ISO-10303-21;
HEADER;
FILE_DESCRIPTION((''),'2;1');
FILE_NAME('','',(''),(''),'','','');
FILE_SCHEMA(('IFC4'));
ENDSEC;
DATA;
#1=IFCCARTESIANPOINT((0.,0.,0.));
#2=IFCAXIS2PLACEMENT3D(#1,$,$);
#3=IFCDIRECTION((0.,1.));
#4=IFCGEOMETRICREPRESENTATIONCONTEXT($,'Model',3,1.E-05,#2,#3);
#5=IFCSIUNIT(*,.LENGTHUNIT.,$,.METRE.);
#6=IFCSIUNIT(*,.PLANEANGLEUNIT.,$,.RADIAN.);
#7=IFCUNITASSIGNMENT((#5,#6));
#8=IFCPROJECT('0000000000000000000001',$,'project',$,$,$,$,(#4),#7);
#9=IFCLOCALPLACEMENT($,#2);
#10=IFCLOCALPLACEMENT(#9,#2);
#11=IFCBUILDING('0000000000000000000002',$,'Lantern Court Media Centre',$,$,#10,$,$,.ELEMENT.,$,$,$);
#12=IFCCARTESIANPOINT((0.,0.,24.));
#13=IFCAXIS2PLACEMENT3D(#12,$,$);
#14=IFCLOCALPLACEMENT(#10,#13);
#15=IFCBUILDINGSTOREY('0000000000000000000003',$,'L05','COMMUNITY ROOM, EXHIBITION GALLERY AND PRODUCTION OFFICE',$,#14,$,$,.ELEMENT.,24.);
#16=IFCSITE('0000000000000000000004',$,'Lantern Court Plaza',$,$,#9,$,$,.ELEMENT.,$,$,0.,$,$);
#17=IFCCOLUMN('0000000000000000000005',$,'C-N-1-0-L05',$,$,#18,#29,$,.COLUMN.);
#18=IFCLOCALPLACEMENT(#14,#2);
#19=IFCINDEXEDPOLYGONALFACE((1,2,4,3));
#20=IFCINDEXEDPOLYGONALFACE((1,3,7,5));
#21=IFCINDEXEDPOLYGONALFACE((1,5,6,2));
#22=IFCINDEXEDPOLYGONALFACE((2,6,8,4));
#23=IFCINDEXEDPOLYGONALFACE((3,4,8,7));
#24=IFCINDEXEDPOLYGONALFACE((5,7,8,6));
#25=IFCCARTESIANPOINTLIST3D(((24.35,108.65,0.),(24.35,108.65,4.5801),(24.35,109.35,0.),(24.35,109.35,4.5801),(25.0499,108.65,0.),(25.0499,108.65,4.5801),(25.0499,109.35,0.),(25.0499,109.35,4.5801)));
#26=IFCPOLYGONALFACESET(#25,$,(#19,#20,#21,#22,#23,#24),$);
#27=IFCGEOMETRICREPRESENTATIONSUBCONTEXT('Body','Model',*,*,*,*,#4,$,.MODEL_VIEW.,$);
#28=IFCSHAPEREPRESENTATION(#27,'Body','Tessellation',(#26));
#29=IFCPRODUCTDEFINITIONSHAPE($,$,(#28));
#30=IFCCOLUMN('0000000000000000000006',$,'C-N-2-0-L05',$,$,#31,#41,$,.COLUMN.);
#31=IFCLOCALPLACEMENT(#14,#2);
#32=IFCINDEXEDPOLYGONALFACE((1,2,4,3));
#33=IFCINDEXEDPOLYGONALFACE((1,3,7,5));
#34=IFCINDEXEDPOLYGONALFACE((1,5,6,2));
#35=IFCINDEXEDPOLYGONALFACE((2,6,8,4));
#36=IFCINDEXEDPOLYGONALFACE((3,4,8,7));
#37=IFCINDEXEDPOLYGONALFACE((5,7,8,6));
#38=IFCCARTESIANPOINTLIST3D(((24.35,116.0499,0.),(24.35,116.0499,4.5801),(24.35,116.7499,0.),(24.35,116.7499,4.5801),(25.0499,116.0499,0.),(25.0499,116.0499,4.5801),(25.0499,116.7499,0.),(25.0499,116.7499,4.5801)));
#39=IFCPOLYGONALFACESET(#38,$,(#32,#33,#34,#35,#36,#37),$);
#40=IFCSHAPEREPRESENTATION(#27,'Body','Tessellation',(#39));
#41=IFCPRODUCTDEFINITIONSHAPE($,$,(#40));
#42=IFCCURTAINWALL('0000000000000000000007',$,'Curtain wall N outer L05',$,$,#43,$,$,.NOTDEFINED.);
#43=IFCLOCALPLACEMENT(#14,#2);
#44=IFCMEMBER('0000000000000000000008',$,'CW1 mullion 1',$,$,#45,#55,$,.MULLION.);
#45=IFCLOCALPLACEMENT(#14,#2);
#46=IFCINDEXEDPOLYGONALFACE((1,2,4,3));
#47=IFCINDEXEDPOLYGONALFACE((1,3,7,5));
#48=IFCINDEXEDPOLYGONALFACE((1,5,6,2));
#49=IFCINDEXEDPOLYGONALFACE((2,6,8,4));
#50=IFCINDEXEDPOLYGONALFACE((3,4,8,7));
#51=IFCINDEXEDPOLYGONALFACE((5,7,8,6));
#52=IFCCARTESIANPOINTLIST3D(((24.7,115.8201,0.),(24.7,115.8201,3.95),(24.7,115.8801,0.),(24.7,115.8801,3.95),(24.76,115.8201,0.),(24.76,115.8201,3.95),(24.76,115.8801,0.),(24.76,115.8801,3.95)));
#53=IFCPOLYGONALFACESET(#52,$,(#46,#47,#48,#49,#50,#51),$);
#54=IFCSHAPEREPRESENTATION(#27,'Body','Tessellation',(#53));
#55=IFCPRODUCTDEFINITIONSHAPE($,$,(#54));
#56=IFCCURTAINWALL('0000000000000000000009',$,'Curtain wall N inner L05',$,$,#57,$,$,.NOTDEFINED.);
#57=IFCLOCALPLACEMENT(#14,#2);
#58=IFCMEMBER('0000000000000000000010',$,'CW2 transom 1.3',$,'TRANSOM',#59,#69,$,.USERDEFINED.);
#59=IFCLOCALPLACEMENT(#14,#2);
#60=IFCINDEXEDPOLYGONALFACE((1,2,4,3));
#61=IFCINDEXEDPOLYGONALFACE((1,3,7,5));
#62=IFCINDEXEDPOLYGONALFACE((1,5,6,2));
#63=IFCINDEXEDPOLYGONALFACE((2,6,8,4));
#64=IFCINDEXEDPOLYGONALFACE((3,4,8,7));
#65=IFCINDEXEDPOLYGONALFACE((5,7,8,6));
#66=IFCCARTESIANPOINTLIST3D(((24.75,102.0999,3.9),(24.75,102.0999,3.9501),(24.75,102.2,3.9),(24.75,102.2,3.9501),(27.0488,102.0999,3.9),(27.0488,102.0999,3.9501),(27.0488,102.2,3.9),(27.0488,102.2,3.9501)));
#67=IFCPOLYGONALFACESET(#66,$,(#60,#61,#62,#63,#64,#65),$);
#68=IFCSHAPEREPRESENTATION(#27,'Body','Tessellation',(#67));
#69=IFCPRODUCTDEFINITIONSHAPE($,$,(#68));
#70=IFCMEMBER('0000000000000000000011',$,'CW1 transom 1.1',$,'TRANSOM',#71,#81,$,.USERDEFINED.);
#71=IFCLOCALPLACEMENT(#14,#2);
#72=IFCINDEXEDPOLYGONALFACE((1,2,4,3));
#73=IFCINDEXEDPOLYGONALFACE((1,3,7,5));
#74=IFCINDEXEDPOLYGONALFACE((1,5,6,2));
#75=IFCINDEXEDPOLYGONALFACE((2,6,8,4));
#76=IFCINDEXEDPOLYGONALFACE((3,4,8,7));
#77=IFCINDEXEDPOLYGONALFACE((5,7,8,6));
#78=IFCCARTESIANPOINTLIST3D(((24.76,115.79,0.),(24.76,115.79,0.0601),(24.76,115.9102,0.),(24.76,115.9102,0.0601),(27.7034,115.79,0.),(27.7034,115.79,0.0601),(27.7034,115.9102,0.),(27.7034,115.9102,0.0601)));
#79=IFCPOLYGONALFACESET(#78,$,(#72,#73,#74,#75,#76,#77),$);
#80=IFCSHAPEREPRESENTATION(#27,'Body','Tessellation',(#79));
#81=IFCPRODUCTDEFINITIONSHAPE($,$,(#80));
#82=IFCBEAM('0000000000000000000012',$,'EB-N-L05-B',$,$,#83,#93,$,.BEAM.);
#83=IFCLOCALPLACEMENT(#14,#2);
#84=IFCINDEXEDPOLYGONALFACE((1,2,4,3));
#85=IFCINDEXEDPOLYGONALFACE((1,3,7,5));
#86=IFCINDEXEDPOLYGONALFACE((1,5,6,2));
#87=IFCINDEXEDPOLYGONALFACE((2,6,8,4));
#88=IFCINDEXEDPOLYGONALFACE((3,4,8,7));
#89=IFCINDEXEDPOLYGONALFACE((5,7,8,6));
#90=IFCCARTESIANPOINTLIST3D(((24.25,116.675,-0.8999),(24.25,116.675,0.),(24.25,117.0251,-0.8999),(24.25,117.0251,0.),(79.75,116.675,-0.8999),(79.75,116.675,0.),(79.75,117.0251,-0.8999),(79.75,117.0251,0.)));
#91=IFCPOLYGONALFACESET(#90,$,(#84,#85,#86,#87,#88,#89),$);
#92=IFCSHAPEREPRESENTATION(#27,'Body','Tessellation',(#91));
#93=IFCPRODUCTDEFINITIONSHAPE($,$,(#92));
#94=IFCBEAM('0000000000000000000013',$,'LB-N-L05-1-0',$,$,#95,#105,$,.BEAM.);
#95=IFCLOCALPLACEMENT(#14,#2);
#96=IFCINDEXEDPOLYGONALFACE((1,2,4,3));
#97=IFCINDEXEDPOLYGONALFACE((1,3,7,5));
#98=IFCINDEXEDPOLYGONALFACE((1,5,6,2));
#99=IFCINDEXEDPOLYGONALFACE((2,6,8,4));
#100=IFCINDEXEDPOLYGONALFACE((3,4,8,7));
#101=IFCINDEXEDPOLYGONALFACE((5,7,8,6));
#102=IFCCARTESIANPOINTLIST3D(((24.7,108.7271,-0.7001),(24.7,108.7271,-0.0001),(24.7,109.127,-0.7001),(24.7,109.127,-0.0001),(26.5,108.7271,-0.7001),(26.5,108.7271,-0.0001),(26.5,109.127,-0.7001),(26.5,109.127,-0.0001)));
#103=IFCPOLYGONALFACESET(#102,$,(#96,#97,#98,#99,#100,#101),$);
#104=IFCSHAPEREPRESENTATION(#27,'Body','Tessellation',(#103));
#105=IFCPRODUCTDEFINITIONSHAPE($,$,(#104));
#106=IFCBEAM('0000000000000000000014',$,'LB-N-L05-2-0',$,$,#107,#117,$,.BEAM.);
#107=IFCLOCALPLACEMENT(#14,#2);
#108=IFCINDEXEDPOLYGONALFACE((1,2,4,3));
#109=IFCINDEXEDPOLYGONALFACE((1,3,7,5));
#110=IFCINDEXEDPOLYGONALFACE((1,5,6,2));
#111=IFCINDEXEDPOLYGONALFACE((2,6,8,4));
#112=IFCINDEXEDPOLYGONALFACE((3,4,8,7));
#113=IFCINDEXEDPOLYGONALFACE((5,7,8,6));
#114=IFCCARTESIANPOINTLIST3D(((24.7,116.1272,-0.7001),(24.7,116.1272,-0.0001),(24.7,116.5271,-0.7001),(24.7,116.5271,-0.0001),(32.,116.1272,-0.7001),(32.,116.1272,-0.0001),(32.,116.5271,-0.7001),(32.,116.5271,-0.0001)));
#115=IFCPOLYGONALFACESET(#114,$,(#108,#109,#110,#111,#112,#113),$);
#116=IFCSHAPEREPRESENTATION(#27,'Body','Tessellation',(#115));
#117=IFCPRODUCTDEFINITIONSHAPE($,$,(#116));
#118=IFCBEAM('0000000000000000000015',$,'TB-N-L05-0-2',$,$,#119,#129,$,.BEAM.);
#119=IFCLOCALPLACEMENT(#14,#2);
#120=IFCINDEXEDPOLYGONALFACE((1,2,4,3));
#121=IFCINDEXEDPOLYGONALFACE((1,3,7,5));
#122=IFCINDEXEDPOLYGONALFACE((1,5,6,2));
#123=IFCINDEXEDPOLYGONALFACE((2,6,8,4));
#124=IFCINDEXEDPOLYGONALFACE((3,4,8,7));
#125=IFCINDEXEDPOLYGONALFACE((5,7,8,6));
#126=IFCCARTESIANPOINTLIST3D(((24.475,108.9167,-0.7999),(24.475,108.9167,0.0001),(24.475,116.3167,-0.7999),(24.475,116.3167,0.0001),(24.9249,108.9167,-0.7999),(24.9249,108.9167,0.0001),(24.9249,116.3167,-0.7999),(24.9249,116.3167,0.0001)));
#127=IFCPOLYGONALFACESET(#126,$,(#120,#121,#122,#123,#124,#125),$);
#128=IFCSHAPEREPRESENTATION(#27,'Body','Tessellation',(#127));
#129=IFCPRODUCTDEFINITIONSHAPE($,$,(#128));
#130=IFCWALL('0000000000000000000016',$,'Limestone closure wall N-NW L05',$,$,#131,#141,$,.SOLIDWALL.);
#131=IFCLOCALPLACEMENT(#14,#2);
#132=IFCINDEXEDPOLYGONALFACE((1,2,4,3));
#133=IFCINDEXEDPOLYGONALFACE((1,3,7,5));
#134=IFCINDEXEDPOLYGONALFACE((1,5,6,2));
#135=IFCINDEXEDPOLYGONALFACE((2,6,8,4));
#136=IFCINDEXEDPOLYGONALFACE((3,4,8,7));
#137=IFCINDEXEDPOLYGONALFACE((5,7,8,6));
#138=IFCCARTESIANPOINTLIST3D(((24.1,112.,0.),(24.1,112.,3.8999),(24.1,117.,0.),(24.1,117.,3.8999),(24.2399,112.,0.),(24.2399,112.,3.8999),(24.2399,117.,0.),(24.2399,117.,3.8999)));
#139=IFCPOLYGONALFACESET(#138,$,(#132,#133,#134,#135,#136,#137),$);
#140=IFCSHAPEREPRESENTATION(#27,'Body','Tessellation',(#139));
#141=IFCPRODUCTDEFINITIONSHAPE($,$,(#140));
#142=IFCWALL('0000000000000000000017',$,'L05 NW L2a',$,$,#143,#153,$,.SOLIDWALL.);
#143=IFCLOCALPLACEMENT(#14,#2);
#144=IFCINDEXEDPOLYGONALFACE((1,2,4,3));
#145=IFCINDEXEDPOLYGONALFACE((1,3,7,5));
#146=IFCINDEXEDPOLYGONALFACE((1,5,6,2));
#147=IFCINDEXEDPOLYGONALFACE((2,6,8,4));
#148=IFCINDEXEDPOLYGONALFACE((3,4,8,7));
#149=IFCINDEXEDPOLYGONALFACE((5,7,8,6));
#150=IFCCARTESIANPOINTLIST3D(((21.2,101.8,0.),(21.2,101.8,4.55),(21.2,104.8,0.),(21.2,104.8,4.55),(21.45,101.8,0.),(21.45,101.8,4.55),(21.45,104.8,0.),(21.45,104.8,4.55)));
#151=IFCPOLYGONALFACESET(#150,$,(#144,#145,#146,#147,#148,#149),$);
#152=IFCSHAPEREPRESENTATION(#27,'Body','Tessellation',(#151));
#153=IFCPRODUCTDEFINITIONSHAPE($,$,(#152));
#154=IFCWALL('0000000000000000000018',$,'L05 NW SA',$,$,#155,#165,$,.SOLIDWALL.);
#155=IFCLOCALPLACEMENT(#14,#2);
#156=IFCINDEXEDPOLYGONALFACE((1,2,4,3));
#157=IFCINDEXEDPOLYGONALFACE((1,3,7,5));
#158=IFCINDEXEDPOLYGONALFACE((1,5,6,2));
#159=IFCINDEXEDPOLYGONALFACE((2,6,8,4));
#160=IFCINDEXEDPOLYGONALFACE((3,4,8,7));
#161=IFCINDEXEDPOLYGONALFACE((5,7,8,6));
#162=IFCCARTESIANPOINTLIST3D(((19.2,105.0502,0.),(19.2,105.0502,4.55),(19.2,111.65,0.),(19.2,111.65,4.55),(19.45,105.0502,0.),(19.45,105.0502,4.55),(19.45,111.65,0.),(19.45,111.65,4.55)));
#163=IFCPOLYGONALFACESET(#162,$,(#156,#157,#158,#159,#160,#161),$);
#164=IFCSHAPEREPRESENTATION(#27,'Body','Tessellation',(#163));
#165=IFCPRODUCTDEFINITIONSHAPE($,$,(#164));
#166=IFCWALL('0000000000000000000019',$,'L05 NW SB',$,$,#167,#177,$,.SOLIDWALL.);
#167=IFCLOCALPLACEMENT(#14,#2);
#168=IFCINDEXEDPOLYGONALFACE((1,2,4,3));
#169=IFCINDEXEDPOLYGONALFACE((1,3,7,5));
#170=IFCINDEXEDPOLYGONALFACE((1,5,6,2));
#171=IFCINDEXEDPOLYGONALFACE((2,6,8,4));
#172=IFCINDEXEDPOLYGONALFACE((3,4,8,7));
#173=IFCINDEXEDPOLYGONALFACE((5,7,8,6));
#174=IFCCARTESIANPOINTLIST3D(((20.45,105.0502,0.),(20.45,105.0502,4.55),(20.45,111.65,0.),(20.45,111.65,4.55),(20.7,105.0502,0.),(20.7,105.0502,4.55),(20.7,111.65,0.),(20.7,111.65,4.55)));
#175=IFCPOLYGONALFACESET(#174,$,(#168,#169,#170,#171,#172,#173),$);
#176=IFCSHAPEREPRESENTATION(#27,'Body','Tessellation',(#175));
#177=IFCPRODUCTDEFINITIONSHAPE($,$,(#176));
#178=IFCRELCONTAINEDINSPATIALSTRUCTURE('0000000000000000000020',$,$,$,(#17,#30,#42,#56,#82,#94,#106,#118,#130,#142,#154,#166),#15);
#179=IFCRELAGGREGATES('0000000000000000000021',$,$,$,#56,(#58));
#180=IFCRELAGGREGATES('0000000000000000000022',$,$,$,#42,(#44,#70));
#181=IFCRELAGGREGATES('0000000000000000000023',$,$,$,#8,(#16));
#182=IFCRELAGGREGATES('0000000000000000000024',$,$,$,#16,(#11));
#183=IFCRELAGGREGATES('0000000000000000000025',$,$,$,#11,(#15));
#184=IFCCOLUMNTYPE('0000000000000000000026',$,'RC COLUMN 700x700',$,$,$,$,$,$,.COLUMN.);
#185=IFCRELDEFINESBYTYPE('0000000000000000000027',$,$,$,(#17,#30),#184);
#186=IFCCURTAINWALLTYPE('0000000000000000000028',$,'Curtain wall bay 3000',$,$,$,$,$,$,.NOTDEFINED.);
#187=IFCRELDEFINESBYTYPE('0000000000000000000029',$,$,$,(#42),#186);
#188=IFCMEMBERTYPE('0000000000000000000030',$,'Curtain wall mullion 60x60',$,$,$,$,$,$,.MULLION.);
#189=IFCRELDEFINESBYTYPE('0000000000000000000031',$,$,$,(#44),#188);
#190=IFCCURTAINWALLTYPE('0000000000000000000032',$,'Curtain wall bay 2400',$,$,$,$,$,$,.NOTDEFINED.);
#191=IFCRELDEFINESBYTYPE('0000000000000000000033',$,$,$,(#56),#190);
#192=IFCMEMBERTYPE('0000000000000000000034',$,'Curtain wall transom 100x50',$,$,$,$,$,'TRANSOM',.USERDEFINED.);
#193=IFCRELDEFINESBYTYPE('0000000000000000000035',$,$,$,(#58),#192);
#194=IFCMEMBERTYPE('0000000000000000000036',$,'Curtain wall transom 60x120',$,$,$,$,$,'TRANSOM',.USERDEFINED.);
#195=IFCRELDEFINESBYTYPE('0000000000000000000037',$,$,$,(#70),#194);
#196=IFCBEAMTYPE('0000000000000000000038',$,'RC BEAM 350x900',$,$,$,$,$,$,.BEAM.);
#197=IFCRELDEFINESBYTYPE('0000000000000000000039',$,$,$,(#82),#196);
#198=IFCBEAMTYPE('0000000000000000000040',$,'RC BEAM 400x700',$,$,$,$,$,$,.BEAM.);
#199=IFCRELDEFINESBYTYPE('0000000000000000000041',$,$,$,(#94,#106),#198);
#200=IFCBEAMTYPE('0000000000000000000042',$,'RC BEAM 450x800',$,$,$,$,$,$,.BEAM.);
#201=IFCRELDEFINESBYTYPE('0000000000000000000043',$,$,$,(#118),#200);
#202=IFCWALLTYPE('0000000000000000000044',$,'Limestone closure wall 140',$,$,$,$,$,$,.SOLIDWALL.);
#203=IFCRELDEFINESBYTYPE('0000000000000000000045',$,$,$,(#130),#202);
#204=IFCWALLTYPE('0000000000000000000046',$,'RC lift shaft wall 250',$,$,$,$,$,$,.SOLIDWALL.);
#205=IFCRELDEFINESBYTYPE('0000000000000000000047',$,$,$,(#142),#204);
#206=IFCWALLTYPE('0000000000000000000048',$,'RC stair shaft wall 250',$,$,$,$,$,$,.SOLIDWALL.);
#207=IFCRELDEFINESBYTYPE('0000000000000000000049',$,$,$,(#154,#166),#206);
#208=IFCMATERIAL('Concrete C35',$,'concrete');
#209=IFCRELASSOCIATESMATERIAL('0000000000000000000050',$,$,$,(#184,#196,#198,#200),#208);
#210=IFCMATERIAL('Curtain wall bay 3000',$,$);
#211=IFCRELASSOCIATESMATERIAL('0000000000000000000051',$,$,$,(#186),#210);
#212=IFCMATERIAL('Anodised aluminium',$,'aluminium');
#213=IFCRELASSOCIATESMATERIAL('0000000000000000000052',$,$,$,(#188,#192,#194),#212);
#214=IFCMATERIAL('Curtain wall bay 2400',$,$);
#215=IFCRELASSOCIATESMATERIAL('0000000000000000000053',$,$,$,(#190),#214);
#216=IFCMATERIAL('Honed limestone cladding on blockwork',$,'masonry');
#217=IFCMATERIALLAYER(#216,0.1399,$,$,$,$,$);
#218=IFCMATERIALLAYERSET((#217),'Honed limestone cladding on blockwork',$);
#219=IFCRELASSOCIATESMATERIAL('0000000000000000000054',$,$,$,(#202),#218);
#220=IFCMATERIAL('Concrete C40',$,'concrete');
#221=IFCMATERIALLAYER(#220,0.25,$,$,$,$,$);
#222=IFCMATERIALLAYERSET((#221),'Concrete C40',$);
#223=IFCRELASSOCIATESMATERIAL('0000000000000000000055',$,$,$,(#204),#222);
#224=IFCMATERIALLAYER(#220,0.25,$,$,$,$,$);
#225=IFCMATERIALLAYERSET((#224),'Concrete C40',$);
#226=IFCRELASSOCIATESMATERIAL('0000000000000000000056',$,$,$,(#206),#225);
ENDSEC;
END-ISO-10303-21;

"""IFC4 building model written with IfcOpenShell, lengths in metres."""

from ifc_helpers import new_model, si_unit, direction, frame, frame_2d, origin, origin_2d, place, context, subcontext, project, spatial, rectangle, extrude, material, layer, layer_set, material_profile, profile_set, type_object, element, aggregate, save


model = new_model("IFC4")

# Units and contexts
model_context = context("Model", 3, precision=1e-05, world=origin(), true_north=direction((0.0, 1.0)))
body_context = subcontext(model_context, "Body", "Model", "MODEL_VIEW")
ifc_project = project(units=[si_unit("LENGTHUNIT", "METRE"), si_unit("PLANEANGLEUNIT", "RADIAN")], contexts=[model_context])

# Site, building, storey
site_placement = place(None, origin())
site = spatial("IfcSite", under=ifc_project, at=site_placement, Name="Lantern Court Plaza", CompositionType="ELEMENT", RefElevation=0.0)
building_placement = place(site_placement, origin())
building = spatial("IfcBuilding", under=site, at=building_placement, Name="Lantern Court Media Centre", CompositionType="ELEMENT")
storey_placement = place(building_placement, frame((0.0, 0.0, 24.0)))
storey = spatial("IfcBuildingStorey", under=building, at=storey_placement, Name="L05", Description="COMMUNITY ROOM, EXHIBITION GALLERY AND PRODUCTION OFFICE", CompositionType="ELEMENT", Elevation=24.0)

# Columns
ifc_material_1 = material(Name="Concrete C35", Category="concrete")
ifc_material_profile_1 = material_profile(ifc_material_1, rectangle(XDim=0.7, YDim=0.7, at=origin_2d()), Name="RC 700x700")
ifc_profile_set_1 = profile_set([ifc_material_profile_1], Name="Concrete C35")
column_type = type_object("IfcColumnType", Name="RC COLUMN 700x700", PredefinedType="COLUMN", material=ifc_profile_set_1)
for number, where, z_axis, x_axis, name in (
    (1, (24.7, 109.0, 0.0), (0.0, 0.0, 1.0), (1.0, 0.0, 0.0), "C-N-1-0-L05"),
    (2, (24.7, 116.3999, 0.0), (0.0, 0.0, 1.0), (1.0, 0.0, 0.0), "C-N-2-0-L05"),
):
    element("IfcColumn", number, at=place(storey_placement, frame(where, z_axis=z_axis, x_axis=x_axis)), inside=storey, type_object=column_type, Name=name, PredefinedType="COLUMN", context=body_context, shape_type="SweptSolid", body=[
        extrude(rectangle(XDim=0.7, YDim=0.7, at=origin_2d()), origin(), (0.0, 0.0, 1.0), 4.5801),
    ])

# Curtain walls, members
ifc_material_2 = material(Name="Curtain wall bay 3000")
curtain_wall_type_1 = type_object("IfcCurtainWallType", Name="Curtain wall bay 3000", PredefinedType="NOTDEFINED", material=ifc_material_2)
curtain_wall_1_placement = place(storey_placement, origin())
curtain_wall_1 = element("IfcCurtainWall", 3, at=curtain_wall_1_placement, inside=storey, type_object=curtain_wall_type_1, Name="Curtain wall N outer L05", PredefinedType="NOTDEFINED")
ifc_material_3 = material(Name="Anodised aluminium", Category="aluminium")
ifc_material_profile_2 = material_profile(ifc_material_3, rectangle(XDim=0.0601, YDim=0.0601, at=origin_2d()), Name="AL 60x60")
ifc_profile_set_2 = profile_set([ifc_material_profile_2], Name="Anodised aluminium")
member_type_1 = type_object("IfcMemberType", Name="Curtain wall mullion 60x60", PredefinedType="MULLION", material=ifc_profile_set_2)
member_1_placement = place(storey_placement, frame((24.73, 115.8501, 0.0), z_axis=(0.0, 0.0, 1.0), x_axis=(0.0, 1.0, 0.0)))
member_1 = element("IfcMember", 4, at=member_1_placement, type_object=member_type_1, Name="CW1 mullion 1", PredefinedType="MULLION", context=body_context, shape_type="SweptSolid", body=[
    extrude(rectangle(XDim=0.0601, YDim=0.0601, at=origin_2d()), origin(), (0.0, 0.0, 1.0), 3.95),
])
ifc_material_4 = material(Name="Curtain wall bay 2400")
curtain_wall_type_2 = type_object("IfcCurtainWallType", Name="Curtain wall bay 2400", PredefinedType="NOTDEFINED", material=ifc_material_4)
curtain_wall_2_placement = place(storey_placement, origin())
curtain_wall_2 = element("IfcCurtainWall", 5, at=curtain_wall_2_placement, inside=storey, type_object=curtain_wall_type_2, Name="Curtain wall N inner L05", PredefinedType="NOTDEFINED")
ifc_material_profile_3 = material_profile(ifc_material_3, rectangle(XDim=0.1001, YDim=0.05, at=origin_2d()), Name="AL 50x100")
ifc_profile_set_3 = profile_set([ifc_material_profile_3], Name="Anodised aluminium")
member_type_2 = type_object("IfcMemberType", Name="Curtain wall transom 100x50", ElementType="TRANSOM", PredefinedType="USERDEFINED", material=ifc_profile_set_3)
member_2_placement = place(storey_placement, frame((24.75, 102.1499, 3.925), z_axis=(1.0, 0.0, 0.0), x_axis=(0.0, 1.0, 0.0)))
member_2 = element("IfcMember", 6, at=member_2_placement, type_object=member_type_2, Name="CW2 transom 1.3", ObjectType="TRANSOM", PredefinedType="USERDEFINED", context=body_context, shape_type="SweptSolid", body=[
    extrude(rectangle(XDim=0.1001, YDim=0.05, at=origin_2d()), origin(), (0.0, 0.0, 1.0), 2.2988),
])
aggregate(curtain_wall_2, [member_2])

# Member
ifc_material_profile_4 = material_profile(ifc_material_3, rectangle(XDim=0.1201, YDim=0.0601, at=origin_2d()), Name="AL 60x120")
ifc_profile_set_4 = profile_set([ifc_material_profile_4], Name="Anodised aluminium")
member_type_3 = type_object("IfcMemberType", Name="Curtain wall transom 60x120", ElementType="TRANSOM", PredefinedType="USERDEFINED", material=ifc_profile_set_4)
member_3_placement = place(storey_placement, frame((24.76, 115.8501, 0.03), z_axis=(1.0, 0.0, 0.0), x_axis=(0.0, 1.0, 0.0)))
member_3 = element("IfcMember", 7, at=member_3_placement, type_object=member_type_3, Name="CW1 transom 1.1", ObjectType="TRANSOM", PredefinedType="USERDEFINED", context=body_context, shape_type="SweptSolid", body=[
    extrude(rectangle(XDim=0.1201, YDim=0.0601, at=origin_2d()), origin(), (0.0, 0.0, 1.0), 2.9434),
])
aggregate(curtain_wall_1, [member_1, member_3])

# Beams
ifc_material_profile_5 = material_profile(ifc_material_1, rectangle(XDim=0.3501, YDim=0.8999, at=origin_2d()), Name="RC 350x900")
ifc_profile_set_5 = profile_set([ifc_material_profile_5], Name="Concrete C35")
beam_type_1 = type_object("IfcBeamType", Name="RC BEAM 350x900", PredefinedType="BEAM", material=ifc_profile_set_5)
beam_1_placement = place(storey_placement, frame((24.25, 116.8501, -0.45), z_axis=(1.0, 0.0, 0.0), x_axis=(0.0, 1.0, 0.0)))
element("IfcBeam", 8, at=beam_1_placement, inside=storey, type_object=beam_type_1, Name="EB-N-L05-B", PredefinedType="BEAM", context=body_context, shape_type="SweptSolid", body=[
    extrude(rectangle(XDim=0.3501, YDim=0.8999, at=origin_2d()), origin(), (0.0, 0.0, 1.0), 55.5),
])
ifc_material_profile_6 = material_profile(ifc_material_1, rectangle(XDim=0.3999, YDim=0.7, at=origin_2d()), Name="RC 400x700")
ifc_profile_set_6 = profile_set([ifc_material_profile_6], Name="Concrete C35")
beam_type_2 = type_object("IfcBeamType", Name="RC BEAM 400x700", PredefinedType="BEAM", material=ifc_profile_set_6)
beam_2_placement = place(storey_placement, frame((24.7, 108.927, -0.3501), z_axis=(1.0, 0.0, 0.0), x_axis=(0.0, 1.0, 0.0)))
element("IfcBeam", 9, at=beam_2_placement, inside=storey, type_object=beam_type_2, Name="LB-N-L05-1-0", PredefinedType="BEAM", context=body_context, shape_type="SweptSolid", body=[
    extrude(rectangle(XDim=0.3999, YDim=0.7, at=origin_2d()), origin(), (0.0, 0.0, 1.0), 1.8),
])
beam_3_placement = place(storey_placement, frame((24.7, 116.3271, -0.3501), z_axis=(1.0, 0.0, 0.0), x_axis=(0.0, 1.0, 0.0)))
element("IfcBeam", 10, at=beam_3_placement, inside=storey, type_object=beam_type_2, Name="LB-N-L05-2-0", PredefinedType="BEAM", context=body_context, shape_type="SweptSolid", body=[
    extrude(rectangle(XDim=0.3999, YDim=0.7, at=origin_2d()), origin(), (0.0, 0.0, 1.0), 7.3),
])
ifc_material_profile_7 = material_profile(ifc_material_1, rectangle(XDim=0.45, YDim=0.8, at=origin_2d()), Name="RC 450x800")
ifc_profile_set_7 = profile_set([ifc_material_profile_7], Name="Concrete C35")
beam_type_3 = type_object("IfcBeamType", Name="RC BEAM 450x800", PredefinedType="BEAM", material=ifc_profile_set_7)
beam_4_placement = place(storey_placement, frame((24.7, 108.9167, -0.3999), z_axis=(0.0, 1.0, 0.0), x_axis=(-1.0, 0.0, 0.0)))
element("IfcBeam", 11, at=beam_4_placement, inside=storey, type_object=beam_type_3, Name="TB-N-L05-0-2", PredefinedType="BEAM", context=body_context, shape_type="SweptSolid", body=[
    extrude(rectangle(XDim=0.45, YDim=0.8, at=origin_2d()), origin(), (0.0, 0.0, 1.0), 7.3999),
])

# Walls
ifc_material_5 = material(Name="Honed limestone cladding on blockwork", Category="masonry")
ifc_layer_1 = layer(ifc_material_5, 0.1399)
ifc_layer_set_1 = layer_set([ifc_layer_1], Name="Honed limestone cladding on blockwork")
wall_type_1 = type_object("IfcWallType", Name="Limestone closure wall 140", PredefinedType="SOLIDWALL", material=ifc_layer_set_1)
wall_1_placement = place(storey_placement, frame((24.1699, 112.0, 0.0), z_axis=(0.0, 0.0, 1.0), x_axis=(0.0, 1.0, 0.0)))
element("IfcWall", 12, at=wall_1_placement, inside=storey, type_object=wall_type_1, Name="Limestone closure wall N-NW L05", PredefinedType="SOLIDWALL", context=body_context, shape_type="SweptSolid", body=[
    extrude(rectangle(XDim=5.0, YDim=0.1399, at=frame_2d((2.5, 0.0))), origin(), (0.0, 0.0, 1.0), 3.8999),
])
ifc_material_6 = material(Name="Concrete C40", Category="concrete")
ifc_layer_2 = layer(ifc_material_6, 0.25)
ifc_layer_set_2 = layer_set([ifc_layer_2], Name="Concrete C40")
wall_type_2 = type_object("IfcWallType", Name="RC lift shaft wall 250", PredefinedType="SOLIDWALL", material=ifc_layer_set_2)
wall_2_placement = place(storey_placement, frame((21.325, 104.8, 0.0), z_axis=(0.0, 0.0, 1.0), x_axis=(0.0, -1.0, 0.0)))
element("IfcWall", 13, at=wall_2_placement, inside=storey, type_object=wall_type_2, Name="L05 NW L2a", PredefinedType="SOLIDWALL", context=body_context, shape_type="SweptSolid", body=[
    extrude(rectangle(XDim=3.0, YDim=0.25, at=frame_2d((1.5, 0.0))), origin(), (0.0, 0.0, 1.0), 4.55),
])
ifc_layer_3 = layer(ifc_material_6, 0.25)
ifc_layer_set_3 = layer_set([ifc_layer_3], Name="Concrete C40")
wall_type_3 = type_object("IfcWallType", Name="RC stair shaft wall 250", PredefinedType="SOLIDWALL", material=ifc_layer_set_3)
for number, where, z_axis, x_axis, name in (
    (14, (19.325, 111.6499, 0.0), (0.0, 0.0, 1.0), (0.0, -1.0, 0.0), "L05 NW SA"),
    (15, (20.575, 111.6499, 0.0), (0.0, 0.0, 1.0), (0.0, -1.0, 0.0), "L05 NW SB"),
):
    element("IfcWall", number, at=place(storey_placement, frame(where, z_axis=z_axis, x_axis=x_axis)), inside=storey, type_object=wall_type_3, Name=name, PredefinedType="SOLIDWALL", context=body_context, shape_type="SweptSolid", body=[
        extrude(rectangle(XDim=6.5999, YDim=0.25, at=frame_2d((3.2998, 0.0))), origin(), (0.0, 0.0, 1.0), 4.55),
    ])

save(model, "model.ifc")
